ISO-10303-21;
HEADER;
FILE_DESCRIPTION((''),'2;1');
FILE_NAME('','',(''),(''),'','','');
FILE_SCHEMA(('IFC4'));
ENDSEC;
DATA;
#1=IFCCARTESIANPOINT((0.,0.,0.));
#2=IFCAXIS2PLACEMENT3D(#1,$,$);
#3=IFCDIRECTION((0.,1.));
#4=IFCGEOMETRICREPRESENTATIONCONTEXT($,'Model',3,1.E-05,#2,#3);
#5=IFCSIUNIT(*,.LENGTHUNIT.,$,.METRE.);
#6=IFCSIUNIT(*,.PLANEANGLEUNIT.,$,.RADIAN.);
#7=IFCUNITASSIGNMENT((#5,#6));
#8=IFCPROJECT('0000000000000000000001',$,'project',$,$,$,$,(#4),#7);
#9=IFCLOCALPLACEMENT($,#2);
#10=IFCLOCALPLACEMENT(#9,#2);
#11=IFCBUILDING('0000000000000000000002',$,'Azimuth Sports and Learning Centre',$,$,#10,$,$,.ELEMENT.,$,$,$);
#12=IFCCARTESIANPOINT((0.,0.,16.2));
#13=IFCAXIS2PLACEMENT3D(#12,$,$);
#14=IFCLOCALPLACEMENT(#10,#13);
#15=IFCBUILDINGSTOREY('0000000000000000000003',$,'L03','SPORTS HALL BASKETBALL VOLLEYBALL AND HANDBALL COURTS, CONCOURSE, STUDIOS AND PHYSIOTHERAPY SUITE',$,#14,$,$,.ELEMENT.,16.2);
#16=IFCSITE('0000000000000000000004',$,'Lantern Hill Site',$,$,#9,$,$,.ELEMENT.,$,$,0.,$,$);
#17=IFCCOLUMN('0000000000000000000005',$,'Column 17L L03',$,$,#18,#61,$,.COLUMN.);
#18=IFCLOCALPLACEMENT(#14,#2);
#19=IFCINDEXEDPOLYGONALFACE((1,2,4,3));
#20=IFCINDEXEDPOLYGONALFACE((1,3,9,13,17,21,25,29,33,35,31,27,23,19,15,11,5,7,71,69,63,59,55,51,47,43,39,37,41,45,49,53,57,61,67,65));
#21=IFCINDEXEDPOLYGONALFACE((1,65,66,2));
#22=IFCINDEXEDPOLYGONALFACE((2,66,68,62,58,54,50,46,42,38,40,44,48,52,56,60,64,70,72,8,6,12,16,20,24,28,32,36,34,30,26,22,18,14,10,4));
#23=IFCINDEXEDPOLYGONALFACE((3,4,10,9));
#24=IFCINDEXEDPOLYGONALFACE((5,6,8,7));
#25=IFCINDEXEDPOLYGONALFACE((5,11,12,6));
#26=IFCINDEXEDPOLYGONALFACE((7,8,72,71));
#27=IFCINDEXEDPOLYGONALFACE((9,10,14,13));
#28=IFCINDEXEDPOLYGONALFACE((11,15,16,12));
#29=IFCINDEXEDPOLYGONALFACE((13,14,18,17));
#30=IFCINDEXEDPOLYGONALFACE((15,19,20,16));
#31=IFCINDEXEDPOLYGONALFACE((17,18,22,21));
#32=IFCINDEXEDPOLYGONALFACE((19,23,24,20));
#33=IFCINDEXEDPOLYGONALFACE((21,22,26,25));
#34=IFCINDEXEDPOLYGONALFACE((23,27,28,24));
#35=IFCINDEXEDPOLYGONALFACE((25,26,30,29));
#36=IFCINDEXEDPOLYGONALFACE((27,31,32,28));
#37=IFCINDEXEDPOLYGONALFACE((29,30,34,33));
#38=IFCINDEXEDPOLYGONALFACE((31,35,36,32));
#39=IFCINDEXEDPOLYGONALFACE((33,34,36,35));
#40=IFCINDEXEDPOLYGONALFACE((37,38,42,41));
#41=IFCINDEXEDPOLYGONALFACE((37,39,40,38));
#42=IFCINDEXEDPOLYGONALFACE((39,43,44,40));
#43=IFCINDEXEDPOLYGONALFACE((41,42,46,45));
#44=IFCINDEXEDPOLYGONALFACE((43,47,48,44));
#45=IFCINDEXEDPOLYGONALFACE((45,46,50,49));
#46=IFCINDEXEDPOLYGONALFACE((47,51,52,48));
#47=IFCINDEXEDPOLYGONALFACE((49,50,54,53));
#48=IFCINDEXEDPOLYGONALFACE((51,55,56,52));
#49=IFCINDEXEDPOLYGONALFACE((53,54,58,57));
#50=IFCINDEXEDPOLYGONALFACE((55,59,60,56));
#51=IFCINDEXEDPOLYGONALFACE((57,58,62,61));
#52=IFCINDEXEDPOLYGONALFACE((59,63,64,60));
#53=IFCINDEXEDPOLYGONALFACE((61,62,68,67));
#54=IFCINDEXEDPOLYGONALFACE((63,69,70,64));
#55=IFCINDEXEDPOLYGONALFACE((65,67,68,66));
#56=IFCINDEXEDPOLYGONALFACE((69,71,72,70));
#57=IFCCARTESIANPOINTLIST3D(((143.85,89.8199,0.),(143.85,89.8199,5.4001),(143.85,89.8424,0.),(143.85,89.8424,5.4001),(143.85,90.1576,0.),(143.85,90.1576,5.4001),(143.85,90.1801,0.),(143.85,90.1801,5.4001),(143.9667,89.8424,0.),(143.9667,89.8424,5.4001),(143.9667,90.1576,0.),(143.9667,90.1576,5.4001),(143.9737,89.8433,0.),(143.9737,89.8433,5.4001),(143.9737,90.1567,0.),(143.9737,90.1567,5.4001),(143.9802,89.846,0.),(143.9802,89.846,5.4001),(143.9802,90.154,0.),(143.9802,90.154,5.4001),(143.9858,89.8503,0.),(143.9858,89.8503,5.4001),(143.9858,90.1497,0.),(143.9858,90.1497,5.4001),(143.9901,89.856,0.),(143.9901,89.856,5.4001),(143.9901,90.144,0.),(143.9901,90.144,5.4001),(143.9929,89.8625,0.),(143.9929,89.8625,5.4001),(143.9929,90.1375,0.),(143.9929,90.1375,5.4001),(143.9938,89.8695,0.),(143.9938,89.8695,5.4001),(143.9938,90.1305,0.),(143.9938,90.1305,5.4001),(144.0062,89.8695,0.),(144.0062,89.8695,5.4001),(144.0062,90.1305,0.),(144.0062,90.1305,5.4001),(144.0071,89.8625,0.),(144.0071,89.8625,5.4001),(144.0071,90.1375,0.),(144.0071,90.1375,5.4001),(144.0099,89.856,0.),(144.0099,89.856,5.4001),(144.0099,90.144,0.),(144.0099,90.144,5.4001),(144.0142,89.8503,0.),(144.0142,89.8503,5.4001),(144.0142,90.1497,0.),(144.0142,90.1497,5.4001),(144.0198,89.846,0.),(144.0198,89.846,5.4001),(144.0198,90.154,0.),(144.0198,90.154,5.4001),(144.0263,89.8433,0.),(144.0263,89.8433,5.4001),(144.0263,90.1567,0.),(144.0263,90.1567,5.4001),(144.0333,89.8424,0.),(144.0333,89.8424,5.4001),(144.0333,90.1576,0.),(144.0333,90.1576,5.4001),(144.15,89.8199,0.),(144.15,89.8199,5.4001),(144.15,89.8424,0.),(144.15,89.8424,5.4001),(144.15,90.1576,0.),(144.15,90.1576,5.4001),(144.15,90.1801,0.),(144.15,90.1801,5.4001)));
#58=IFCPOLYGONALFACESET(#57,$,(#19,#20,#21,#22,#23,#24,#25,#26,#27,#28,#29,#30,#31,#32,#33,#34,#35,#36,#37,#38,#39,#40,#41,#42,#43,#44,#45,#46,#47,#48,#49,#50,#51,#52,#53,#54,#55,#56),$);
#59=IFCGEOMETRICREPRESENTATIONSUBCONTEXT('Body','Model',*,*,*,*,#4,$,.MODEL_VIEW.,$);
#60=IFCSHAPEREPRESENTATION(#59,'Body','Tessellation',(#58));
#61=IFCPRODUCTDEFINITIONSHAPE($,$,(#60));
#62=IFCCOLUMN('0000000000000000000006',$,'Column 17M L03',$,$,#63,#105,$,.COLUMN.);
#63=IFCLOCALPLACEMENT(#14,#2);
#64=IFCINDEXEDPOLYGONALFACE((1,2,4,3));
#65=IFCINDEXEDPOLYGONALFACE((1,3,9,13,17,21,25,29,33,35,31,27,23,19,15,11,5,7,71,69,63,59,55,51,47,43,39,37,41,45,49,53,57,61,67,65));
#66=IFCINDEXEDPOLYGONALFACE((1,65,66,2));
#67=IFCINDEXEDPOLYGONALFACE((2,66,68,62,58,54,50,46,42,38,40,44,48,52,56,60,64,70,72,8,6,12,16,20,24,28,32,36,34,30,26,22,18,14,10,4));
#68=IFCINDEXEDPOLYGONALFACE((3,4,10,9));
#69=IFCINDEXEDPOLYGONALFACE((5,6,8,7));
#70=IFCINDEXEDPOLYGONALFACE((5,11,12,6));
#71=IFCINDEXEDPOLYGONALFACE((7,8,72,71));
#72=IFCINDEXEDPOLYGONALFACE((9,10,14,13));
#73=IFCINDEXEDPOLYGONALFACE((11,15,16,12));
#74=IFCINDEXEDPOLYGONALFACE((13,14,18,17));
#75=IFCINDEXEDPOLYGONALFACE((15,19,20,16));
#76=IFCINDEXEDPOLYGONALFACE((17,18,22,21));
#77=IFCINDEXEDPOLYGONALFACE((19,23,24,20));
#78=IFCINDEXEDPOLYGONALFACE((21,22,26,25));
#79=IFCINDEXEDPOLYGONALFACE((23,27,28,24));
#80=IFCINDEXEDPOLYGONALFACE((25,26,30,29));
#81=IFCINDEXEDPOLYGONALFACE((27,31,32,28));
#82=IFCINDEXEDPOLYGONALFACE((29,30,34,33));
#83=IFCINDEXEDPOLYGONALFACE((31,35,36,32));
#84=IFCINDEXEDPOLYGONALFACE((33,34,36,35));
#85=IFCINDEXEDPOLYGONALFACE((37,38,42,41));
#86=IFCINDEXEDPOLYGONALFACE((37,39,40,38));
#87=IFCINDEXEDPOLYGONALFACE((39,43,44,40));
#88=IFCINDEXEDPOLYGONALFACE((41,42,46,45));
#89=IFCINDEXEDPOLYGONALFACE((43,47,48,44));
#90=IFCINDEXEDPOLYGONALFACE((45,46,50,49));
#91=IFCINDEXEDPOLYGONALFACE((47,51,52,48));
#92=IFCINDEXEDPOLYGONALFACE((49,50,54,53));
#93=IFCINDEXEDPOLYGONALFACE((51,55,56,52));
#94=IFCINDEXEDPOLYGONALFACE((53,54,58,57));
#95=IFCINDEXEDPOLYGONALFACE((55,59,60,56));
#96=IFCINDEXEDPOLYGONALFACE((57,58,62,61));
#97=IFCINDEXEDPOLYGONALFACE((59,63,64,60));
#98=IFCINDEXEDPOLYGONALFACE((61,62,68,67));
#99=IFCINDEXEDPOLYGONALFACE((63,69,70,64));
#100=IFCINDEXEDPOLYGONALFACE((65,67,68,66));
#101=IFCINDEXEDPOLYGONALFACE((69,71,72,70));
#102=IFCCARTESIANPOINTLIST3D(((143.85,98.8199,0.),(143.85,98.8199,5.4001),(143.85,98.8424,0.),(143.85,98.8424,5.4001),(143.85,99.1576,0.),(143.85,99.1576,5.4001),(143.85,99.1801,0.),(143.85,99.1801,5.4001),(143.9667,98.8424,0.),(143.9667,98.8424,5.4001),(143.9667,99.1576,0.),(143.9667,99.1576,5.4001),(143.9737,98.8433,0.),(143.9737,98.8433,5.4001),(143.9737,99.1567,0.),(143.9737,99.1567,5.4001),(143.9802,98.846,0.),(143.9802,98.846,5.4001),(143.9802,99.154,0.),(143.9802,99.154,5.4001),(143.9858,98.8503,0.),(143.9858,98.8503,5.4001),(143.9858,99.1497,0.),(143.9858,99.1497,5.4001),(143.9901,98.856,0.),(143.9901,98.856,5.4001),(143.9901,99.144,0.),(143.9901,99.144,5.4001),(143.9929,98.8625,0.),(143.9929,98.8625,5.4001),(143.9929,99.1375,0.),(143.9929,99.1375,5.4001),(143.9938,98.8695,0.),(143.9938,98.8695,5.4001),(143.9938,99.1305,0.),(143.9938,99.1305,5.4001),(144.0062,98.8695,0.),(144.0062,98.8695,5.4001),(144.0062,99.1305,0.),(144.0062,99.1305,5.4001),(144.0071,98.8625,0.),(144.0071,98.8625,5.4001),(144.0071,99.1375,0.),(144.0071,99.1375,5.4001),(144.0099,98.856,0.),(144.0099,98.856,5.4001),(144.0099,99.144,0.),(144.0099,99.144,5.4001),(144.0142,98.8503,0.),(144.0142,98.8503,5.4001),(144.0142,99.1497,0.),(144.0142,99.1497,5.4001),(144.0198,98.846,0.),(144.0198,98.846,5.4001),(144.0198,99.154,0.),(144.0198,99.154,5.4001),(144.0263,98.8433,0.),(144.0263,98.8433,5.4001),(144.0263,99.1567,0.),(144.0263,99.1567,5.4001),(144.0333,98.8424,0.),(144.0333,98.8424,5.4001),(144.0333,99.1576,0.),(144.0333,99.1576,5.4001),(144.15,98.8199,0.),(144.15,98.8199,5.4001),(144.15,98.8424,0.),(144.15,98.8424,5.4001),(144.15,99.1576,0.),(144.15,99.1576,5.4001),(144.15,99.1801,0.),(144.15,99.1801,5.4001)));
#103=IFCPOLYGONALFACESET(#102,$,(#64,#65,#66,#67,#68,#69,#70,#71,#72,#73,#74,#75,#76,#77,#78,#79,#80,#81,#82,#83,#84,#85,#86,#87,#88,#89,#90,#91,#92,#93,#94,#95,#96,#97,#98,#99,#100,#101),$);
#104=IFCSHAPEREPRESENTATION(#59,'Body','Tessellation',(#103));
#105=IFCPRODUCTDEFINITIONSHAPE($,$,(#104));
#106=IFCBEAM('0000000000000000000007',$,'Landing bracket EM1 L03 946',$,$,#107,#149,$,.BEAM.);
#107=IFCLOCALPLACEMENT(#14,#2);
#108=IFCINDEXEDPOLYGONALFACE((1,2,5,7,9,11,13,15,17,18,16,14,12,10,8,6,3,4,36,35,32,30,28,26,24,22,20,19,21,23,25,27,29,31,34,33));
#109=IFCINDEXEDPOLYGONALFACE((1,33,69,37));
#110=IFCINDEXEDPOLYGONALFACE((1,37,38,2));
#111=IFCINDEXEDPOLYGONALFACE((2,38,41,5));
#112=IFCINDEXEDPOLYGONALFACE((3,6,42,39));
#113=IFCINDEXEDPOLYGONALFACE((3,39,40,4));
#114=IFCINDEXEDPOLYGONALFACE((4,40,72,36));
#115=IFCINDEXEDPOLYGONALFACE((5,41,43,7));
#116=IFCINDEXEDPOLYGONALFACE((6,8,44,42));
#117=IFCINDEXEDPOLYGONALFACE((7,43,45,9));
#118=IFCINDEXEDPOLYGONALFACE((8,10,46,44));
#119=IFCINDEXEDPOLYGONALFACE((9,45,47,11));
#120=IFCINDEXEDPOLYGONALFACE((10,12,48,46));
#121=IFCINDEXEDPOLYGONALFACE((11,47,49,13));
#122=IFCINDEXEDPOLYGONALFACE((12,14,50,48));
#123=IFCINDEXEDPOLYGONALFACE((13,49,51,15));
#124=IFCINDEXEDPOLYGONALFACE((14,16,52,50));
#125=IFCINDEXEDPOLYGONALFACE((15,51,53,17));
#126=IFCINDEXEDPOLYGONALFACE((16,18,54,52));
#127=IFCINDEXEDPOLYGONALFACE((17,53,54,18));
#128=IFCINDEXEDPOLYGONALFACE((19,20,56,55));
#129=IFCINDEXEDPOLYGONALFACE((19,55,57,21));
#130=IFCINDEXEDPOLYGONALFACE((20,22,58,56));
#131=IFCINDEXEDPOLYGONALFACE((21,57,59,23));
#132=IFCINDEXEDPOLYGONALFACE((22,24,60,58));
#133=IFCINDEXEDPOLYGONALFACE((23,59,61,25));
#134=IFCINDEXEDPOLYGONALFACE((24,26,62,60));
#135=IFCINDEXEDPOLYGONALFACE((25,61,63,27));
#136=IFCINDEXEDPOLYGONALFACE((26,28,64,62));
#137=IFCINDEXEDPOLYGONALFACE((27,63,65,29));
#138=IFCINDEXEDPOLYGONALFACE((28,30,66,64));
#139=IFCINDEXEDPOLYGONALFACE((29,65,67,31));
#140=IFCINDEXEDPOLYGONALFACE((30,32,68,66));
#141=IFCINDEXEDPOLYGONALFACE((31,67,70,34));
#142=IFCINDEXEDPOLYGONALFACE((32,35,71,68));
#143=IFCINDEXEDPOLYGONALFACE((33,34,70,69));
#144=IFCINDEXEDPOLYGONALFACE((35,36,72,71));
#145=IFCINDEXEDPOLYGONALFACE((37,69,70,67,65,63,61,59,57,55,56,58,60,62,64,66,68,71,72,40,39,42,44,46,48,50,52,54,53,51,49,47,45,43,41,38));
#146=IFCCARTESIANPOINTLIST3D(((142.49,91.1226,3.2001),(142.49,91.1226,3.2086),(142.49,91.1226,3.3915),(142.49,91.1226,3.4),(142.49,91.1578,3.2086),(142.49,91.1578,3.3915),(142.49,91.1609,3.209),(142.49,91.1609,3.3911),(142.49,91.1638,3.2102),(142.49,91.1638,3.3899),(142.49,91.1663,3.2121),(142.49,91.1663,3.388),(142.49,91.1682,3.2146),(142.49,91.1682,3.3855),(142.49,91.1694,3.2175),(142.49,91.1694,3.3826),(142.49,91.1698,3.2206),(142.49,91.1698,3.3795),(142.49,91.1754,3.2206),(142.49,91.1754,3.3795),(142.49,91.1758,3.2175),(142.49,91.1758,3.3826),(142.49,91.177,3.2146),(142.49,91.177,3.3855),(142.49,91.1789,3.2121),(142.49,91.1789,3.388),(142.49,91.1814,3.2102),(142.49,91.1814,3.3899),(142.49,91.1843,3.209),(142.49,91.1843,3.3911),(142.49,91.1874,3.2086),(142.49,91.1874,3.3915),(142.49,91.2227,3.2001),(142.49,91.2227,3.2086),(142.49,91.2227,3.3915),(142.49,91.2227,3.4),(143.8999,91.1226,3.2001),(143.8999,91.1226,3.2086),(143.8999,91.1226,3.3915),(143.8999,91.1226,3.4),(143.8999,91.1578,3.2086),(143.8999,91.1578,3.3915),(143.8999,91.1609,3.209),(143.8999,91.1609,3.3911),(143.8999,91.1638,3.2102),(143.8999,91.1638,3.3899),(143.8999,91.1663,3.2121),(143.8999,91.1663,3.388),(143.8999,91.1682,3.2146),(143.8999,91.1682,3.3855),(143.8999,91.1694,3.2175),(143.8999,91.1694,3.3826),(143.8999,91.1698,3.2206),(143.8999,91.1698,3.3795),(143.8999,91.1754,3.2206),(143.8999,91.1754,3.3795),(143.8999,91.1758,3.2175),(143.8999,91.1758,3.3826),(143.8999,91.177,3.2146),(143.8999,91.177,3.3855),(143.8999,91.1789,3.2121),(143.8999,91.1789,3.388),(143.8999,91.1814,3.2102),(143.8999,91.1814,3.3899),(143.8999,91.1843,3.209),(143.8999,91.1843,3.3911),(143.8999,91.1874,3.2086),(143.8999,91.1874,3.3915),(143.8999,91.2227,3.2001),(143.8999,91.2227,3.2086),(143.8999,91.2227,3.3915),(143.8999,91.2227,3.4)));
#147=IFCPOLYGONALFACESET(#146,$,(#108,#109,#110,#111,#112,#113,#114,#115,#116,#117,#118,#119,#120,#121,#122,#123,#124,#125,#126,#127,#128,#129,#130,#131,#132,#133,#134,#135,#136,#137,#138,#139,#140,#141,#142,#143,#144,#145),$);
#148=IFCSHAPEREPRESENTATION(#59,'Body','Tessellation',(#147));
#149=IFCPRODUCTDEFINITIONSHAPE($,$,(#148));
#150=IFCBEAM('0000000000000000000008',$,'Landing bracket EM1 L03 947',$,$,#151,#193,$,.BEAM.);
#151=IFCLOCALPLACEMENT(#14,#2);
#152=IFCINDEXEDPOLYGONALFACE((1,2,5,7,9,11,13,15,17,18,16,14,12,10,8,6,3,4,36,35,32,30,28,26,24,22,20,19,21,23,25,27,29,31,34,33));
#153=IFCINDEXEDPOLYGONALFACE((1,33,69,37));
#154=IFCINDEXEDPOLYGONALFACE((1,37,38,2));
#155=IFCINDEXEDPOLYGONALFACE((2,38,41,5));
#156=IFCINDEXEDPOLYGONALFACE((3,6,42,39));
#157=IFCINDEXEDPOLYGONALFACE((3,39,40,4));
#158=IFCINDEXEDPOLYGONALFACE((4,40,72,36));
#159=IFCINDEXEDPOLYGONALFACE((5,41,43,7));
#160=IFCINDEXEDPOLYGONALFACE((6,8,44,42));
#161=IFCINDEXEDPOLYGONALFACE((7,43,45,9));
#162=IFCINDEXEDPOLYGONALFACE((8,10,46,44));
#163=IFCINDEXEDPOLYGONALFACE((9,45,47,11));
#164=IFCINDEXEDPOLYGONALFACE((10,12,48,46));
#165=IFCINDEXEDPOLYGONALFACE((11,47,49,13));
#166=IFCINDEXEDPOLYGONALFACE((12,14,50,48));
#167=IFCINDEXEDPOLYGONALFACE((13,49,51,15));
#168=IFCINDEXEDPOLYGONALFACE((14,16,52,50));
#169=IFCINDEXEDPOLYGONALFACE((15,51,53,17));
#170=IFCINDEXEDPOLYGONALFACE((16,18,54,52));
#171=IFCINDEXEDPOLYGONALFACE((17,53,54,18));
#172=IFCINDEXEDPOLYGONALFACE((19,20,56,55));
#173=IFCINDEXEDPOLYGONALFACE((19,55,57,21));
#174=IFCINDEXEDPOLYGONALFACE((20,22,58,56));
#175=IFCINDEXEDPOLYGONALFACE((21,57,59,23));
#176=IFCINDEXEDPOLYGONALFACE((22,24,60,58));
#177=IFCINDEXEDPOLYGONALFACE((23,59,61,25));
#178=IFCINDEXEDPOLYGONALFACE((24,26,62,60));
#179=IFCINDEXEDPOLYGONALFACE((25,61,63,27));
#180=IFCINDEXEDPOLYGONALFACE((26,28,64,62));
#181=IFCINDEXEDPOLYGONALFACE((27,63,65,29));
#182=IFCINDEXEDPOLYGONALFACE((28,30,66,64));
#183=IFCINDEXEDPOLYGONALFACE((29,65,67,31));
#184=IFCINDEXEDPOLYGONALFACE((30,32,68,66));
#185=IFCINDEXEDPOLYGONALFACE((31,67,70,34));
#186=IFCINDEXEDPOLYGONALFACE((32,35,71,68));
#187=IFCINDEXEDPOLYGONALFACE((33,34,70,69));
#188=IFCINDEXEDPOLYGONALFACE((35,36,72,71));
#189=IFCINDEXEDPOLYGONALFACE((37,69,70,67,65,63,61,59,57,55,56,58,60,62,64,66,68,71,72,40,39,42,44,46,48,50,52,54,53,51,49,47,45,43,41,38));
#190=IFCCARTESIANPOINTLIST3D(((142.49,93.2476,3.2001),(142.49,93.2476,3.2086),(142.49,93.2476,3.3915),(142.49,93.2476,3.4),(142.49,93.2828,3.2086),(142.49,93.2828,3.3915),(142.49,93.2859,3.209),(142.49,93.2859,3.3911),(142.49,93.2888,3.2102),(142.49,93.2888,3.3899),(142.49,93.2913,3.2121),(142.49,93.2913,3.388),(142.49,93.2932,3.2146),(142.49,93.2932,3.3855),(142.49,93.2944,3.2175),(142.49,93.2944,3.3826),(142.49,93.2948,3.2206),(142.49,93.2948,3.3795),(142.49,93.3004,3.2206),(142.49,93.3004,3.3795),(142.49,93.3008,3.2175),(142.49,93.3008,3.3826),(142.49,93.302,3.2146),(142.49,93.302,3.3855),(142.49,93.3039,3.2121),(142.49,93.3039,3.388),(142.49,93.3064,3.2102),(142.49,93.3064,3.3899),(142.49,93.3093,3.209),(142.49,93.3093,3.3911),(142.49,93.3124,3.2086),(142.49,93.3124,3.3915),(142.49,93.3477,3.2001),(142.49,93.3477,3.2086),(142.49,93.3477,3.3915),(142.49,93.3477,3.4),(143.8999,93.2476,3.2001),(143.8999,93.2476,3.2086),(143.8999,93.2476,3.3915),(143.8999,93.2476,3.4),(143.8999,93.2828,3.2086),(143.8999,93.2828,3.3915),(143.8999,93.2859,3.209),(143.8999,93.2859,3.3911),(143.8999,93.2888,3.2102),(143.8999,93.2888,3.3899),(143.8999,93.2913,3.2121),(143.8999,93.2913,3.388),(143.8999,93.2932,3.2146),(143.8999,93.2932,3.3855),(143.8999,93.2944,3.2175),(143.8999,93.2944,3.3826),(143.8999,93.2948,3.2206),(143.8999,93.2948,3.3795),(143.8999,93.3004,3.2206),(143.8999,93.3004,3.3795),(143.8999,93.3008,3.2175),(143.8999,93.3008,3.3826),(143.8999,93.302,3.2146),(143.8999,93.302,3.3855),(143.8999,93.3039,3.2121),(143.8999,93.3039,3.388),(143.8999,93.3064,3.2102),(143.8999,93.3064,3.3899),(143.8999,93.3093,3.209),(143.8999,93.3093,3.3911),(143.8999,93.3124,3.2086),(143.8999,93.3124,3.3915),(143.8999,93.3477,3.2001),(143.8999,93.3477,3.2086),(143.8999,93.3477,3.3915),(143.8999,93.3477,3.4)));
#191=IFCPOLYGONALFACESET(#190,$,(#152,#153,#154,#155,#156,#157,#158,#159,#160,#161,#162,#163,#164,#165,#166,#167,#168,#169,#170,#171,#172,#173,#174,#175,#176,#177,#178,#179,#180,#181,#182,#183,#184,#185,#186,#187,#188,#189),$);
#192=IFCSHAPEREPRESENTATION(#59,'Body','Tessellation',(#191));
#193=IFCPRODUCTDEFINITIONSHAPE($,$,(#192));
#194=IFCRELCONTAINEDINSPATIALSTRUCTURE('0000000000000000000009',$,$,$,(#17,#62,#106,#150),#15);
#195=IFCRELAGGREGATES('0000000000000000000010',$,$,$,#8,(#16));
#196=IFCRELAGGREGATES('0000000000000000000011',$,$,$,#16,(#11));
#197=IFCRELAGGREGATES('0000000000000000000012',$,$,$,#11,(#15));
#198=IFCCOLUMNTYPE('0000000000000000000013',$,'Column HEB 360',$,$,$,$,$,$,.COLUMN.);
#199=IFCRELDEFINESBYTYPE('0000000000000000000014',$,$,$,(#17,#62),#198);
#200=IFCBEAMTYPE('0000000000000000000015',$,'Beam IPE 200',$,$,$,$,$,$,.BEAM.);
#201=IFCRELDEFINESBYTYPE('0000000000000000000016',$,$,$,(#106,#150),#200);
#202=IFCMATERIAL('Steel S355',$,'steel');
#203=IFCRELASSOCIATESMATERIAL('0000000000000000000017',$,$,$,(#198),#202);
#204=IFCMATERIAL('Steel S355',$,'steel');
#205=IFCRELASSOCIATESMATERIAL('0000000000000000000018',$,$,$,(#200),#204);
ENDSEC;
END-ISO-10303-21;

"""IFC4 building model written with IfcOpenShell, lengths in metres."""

from ifc_helpers import new_model, si_unit, direction, frame, origin, origin_2d, place, context, subcontext, project, spatial, i_section, extrude, material, material_profile, profile_set, type_object, element, save


model = new_model("IFC4")

# Units and contexts
model_context = context("Model", 3, precision=1e-05, world=origin(), true_north=direction((0.0, 1.0)))
body_context = subcontext(model_context, "Body", "Model", "MODEL_VIEW")
ifc_project = project(units=[si_unit("LENGTHUNIT", "METRE"), si_unit("PLANEANGLEUNIT", "RADIAN")], contexts=[model_context])

# Site, building, storey
site_placement = place(None, origin())
site = spatial("IfcSite", under=ifc_project, at=site_placement, Name="Lantern Hill Site", CompositionType="ELEMENT", RefElevation=0.0)
building_placement = place(site_placement, origin())
building = spatial("IfcBuilding", under=site, at=building_placement, Name="Azimuth Sports and Learning Centre", CompositionType="ELEMENT")
storey_placement = place(building_placement, frame((0.0, 0.0, 16.2)))
storey = spatial("IfcBuildingStorey", under=building, at=storey_placement, Name="L03", Description="SPORTS HALL BASKETBALL VOLLEYBALL AND HANDBALL COURTS, CONCOURSE, STUDIOS AND PHYSIOTHERAPY SUITE", CompositionType="ELEMENT", Elevation=16.2)

# Columns
ifc_material_1 = material(Name="Steel S355", Category="steel")
ifc_material_profile_1 = material_profile(ifc_material_1, i_section(OverallWidth=0.3, OverallDepth=0.3601, WebThickness=0.0125, FlangeThickness=0.0225, FilletRadius=0.0271, at=origin_2d()), Name="HEB 360")
ifc_profile_set_1 = profile_set([ifc_material_profile_1], Name="Steel S355")
column_type = type_object("IfcColumnType", Name="Column HEB 360", PredefinedType="COLUMN", material=ifc_profile_set_1)
for number, where, z_axis, x_axis, name in (
    (1, (144.0, 90.0, 0.0), (0.0, 0.0, 1.0), (1.0, 0.0, 0.0), "Column 17L L03"),
    (2, (144.0, 99.0, 0.0), (0.0, 0.0, 1.0), (1.0, 0.0, 0.0), "Column 17M L03"),
):
    element("IfcColumn", number, at=place(storey_placement, frame(where, z_axis=z_axis, x_axis=x_axis)), inside=storey, type_object=column_type, Name=name, PredefinedType="COLUMN", context=body_context, shape_type="SweptSolid", body=[
        extrude(i_section(OverallWidth=0.3, OverallDepth=0.3601, WebThickness=0.0125, FlangeThickness=0.0225, FilletRadius=0.0271, at=origin_2d()), origin(), (0.0, 0.0, 1.0), 5.4001),
    ])

# Beams
ifc_material_2 = material(Name="Steel S355", Category="steel")
ifc_material_profile_2 = material_profile(ifc_material_2, i_section(OverallWidth=0.1001, OverallDepth=0.2, WebThickness=0.0056, FlangeThickness=0.0085, FilletRadius=0.012, at=origin_2d()), Name="IPE 200")
ifc_profile_set_2 = profile_set([ifc_material_profile_2], Name="Steel S355")
beam_type_1 = type_object("IfcBeamType", Name="Beam IPE 200", PredefinedType="BEAM", material=ifc_profile_set_2)
for number, where, z_axis, x_axis, name in (
    (3, (143.8999, 91.1726, 3.3), (-1.0, 0.0, 0.0), (0.0, -1.0, 0.0), "Landing bracket EM1 L03 946"),
    (4, (143.8999, 93.2976, 3.3), (-1.0, 0.0, 0.0), (0.0, -1.0, 0.0), "Landing bracket EM1 L03 947"),
):
    element("IfcBeam", number, at=place(storey_placement, frame(where, z_axis=z_axis, x_axis=x_axis)), inside=storey, type_object=beam_type_1, Name=name, PredefinedType="BEAM", context=body_context, shape_type="SweptSolid", body=[
        extrude(i_section(OverallWidth=0.1001, OverallDepth=0.2, WebThickness=0.0056, FlangeThickness=0.0085, FilletRadius=0.012, at=origin_2d()), origin(), (0.0, 0.0, 1.0), 1.4099),
    ])

save(model, "model.ifc")
